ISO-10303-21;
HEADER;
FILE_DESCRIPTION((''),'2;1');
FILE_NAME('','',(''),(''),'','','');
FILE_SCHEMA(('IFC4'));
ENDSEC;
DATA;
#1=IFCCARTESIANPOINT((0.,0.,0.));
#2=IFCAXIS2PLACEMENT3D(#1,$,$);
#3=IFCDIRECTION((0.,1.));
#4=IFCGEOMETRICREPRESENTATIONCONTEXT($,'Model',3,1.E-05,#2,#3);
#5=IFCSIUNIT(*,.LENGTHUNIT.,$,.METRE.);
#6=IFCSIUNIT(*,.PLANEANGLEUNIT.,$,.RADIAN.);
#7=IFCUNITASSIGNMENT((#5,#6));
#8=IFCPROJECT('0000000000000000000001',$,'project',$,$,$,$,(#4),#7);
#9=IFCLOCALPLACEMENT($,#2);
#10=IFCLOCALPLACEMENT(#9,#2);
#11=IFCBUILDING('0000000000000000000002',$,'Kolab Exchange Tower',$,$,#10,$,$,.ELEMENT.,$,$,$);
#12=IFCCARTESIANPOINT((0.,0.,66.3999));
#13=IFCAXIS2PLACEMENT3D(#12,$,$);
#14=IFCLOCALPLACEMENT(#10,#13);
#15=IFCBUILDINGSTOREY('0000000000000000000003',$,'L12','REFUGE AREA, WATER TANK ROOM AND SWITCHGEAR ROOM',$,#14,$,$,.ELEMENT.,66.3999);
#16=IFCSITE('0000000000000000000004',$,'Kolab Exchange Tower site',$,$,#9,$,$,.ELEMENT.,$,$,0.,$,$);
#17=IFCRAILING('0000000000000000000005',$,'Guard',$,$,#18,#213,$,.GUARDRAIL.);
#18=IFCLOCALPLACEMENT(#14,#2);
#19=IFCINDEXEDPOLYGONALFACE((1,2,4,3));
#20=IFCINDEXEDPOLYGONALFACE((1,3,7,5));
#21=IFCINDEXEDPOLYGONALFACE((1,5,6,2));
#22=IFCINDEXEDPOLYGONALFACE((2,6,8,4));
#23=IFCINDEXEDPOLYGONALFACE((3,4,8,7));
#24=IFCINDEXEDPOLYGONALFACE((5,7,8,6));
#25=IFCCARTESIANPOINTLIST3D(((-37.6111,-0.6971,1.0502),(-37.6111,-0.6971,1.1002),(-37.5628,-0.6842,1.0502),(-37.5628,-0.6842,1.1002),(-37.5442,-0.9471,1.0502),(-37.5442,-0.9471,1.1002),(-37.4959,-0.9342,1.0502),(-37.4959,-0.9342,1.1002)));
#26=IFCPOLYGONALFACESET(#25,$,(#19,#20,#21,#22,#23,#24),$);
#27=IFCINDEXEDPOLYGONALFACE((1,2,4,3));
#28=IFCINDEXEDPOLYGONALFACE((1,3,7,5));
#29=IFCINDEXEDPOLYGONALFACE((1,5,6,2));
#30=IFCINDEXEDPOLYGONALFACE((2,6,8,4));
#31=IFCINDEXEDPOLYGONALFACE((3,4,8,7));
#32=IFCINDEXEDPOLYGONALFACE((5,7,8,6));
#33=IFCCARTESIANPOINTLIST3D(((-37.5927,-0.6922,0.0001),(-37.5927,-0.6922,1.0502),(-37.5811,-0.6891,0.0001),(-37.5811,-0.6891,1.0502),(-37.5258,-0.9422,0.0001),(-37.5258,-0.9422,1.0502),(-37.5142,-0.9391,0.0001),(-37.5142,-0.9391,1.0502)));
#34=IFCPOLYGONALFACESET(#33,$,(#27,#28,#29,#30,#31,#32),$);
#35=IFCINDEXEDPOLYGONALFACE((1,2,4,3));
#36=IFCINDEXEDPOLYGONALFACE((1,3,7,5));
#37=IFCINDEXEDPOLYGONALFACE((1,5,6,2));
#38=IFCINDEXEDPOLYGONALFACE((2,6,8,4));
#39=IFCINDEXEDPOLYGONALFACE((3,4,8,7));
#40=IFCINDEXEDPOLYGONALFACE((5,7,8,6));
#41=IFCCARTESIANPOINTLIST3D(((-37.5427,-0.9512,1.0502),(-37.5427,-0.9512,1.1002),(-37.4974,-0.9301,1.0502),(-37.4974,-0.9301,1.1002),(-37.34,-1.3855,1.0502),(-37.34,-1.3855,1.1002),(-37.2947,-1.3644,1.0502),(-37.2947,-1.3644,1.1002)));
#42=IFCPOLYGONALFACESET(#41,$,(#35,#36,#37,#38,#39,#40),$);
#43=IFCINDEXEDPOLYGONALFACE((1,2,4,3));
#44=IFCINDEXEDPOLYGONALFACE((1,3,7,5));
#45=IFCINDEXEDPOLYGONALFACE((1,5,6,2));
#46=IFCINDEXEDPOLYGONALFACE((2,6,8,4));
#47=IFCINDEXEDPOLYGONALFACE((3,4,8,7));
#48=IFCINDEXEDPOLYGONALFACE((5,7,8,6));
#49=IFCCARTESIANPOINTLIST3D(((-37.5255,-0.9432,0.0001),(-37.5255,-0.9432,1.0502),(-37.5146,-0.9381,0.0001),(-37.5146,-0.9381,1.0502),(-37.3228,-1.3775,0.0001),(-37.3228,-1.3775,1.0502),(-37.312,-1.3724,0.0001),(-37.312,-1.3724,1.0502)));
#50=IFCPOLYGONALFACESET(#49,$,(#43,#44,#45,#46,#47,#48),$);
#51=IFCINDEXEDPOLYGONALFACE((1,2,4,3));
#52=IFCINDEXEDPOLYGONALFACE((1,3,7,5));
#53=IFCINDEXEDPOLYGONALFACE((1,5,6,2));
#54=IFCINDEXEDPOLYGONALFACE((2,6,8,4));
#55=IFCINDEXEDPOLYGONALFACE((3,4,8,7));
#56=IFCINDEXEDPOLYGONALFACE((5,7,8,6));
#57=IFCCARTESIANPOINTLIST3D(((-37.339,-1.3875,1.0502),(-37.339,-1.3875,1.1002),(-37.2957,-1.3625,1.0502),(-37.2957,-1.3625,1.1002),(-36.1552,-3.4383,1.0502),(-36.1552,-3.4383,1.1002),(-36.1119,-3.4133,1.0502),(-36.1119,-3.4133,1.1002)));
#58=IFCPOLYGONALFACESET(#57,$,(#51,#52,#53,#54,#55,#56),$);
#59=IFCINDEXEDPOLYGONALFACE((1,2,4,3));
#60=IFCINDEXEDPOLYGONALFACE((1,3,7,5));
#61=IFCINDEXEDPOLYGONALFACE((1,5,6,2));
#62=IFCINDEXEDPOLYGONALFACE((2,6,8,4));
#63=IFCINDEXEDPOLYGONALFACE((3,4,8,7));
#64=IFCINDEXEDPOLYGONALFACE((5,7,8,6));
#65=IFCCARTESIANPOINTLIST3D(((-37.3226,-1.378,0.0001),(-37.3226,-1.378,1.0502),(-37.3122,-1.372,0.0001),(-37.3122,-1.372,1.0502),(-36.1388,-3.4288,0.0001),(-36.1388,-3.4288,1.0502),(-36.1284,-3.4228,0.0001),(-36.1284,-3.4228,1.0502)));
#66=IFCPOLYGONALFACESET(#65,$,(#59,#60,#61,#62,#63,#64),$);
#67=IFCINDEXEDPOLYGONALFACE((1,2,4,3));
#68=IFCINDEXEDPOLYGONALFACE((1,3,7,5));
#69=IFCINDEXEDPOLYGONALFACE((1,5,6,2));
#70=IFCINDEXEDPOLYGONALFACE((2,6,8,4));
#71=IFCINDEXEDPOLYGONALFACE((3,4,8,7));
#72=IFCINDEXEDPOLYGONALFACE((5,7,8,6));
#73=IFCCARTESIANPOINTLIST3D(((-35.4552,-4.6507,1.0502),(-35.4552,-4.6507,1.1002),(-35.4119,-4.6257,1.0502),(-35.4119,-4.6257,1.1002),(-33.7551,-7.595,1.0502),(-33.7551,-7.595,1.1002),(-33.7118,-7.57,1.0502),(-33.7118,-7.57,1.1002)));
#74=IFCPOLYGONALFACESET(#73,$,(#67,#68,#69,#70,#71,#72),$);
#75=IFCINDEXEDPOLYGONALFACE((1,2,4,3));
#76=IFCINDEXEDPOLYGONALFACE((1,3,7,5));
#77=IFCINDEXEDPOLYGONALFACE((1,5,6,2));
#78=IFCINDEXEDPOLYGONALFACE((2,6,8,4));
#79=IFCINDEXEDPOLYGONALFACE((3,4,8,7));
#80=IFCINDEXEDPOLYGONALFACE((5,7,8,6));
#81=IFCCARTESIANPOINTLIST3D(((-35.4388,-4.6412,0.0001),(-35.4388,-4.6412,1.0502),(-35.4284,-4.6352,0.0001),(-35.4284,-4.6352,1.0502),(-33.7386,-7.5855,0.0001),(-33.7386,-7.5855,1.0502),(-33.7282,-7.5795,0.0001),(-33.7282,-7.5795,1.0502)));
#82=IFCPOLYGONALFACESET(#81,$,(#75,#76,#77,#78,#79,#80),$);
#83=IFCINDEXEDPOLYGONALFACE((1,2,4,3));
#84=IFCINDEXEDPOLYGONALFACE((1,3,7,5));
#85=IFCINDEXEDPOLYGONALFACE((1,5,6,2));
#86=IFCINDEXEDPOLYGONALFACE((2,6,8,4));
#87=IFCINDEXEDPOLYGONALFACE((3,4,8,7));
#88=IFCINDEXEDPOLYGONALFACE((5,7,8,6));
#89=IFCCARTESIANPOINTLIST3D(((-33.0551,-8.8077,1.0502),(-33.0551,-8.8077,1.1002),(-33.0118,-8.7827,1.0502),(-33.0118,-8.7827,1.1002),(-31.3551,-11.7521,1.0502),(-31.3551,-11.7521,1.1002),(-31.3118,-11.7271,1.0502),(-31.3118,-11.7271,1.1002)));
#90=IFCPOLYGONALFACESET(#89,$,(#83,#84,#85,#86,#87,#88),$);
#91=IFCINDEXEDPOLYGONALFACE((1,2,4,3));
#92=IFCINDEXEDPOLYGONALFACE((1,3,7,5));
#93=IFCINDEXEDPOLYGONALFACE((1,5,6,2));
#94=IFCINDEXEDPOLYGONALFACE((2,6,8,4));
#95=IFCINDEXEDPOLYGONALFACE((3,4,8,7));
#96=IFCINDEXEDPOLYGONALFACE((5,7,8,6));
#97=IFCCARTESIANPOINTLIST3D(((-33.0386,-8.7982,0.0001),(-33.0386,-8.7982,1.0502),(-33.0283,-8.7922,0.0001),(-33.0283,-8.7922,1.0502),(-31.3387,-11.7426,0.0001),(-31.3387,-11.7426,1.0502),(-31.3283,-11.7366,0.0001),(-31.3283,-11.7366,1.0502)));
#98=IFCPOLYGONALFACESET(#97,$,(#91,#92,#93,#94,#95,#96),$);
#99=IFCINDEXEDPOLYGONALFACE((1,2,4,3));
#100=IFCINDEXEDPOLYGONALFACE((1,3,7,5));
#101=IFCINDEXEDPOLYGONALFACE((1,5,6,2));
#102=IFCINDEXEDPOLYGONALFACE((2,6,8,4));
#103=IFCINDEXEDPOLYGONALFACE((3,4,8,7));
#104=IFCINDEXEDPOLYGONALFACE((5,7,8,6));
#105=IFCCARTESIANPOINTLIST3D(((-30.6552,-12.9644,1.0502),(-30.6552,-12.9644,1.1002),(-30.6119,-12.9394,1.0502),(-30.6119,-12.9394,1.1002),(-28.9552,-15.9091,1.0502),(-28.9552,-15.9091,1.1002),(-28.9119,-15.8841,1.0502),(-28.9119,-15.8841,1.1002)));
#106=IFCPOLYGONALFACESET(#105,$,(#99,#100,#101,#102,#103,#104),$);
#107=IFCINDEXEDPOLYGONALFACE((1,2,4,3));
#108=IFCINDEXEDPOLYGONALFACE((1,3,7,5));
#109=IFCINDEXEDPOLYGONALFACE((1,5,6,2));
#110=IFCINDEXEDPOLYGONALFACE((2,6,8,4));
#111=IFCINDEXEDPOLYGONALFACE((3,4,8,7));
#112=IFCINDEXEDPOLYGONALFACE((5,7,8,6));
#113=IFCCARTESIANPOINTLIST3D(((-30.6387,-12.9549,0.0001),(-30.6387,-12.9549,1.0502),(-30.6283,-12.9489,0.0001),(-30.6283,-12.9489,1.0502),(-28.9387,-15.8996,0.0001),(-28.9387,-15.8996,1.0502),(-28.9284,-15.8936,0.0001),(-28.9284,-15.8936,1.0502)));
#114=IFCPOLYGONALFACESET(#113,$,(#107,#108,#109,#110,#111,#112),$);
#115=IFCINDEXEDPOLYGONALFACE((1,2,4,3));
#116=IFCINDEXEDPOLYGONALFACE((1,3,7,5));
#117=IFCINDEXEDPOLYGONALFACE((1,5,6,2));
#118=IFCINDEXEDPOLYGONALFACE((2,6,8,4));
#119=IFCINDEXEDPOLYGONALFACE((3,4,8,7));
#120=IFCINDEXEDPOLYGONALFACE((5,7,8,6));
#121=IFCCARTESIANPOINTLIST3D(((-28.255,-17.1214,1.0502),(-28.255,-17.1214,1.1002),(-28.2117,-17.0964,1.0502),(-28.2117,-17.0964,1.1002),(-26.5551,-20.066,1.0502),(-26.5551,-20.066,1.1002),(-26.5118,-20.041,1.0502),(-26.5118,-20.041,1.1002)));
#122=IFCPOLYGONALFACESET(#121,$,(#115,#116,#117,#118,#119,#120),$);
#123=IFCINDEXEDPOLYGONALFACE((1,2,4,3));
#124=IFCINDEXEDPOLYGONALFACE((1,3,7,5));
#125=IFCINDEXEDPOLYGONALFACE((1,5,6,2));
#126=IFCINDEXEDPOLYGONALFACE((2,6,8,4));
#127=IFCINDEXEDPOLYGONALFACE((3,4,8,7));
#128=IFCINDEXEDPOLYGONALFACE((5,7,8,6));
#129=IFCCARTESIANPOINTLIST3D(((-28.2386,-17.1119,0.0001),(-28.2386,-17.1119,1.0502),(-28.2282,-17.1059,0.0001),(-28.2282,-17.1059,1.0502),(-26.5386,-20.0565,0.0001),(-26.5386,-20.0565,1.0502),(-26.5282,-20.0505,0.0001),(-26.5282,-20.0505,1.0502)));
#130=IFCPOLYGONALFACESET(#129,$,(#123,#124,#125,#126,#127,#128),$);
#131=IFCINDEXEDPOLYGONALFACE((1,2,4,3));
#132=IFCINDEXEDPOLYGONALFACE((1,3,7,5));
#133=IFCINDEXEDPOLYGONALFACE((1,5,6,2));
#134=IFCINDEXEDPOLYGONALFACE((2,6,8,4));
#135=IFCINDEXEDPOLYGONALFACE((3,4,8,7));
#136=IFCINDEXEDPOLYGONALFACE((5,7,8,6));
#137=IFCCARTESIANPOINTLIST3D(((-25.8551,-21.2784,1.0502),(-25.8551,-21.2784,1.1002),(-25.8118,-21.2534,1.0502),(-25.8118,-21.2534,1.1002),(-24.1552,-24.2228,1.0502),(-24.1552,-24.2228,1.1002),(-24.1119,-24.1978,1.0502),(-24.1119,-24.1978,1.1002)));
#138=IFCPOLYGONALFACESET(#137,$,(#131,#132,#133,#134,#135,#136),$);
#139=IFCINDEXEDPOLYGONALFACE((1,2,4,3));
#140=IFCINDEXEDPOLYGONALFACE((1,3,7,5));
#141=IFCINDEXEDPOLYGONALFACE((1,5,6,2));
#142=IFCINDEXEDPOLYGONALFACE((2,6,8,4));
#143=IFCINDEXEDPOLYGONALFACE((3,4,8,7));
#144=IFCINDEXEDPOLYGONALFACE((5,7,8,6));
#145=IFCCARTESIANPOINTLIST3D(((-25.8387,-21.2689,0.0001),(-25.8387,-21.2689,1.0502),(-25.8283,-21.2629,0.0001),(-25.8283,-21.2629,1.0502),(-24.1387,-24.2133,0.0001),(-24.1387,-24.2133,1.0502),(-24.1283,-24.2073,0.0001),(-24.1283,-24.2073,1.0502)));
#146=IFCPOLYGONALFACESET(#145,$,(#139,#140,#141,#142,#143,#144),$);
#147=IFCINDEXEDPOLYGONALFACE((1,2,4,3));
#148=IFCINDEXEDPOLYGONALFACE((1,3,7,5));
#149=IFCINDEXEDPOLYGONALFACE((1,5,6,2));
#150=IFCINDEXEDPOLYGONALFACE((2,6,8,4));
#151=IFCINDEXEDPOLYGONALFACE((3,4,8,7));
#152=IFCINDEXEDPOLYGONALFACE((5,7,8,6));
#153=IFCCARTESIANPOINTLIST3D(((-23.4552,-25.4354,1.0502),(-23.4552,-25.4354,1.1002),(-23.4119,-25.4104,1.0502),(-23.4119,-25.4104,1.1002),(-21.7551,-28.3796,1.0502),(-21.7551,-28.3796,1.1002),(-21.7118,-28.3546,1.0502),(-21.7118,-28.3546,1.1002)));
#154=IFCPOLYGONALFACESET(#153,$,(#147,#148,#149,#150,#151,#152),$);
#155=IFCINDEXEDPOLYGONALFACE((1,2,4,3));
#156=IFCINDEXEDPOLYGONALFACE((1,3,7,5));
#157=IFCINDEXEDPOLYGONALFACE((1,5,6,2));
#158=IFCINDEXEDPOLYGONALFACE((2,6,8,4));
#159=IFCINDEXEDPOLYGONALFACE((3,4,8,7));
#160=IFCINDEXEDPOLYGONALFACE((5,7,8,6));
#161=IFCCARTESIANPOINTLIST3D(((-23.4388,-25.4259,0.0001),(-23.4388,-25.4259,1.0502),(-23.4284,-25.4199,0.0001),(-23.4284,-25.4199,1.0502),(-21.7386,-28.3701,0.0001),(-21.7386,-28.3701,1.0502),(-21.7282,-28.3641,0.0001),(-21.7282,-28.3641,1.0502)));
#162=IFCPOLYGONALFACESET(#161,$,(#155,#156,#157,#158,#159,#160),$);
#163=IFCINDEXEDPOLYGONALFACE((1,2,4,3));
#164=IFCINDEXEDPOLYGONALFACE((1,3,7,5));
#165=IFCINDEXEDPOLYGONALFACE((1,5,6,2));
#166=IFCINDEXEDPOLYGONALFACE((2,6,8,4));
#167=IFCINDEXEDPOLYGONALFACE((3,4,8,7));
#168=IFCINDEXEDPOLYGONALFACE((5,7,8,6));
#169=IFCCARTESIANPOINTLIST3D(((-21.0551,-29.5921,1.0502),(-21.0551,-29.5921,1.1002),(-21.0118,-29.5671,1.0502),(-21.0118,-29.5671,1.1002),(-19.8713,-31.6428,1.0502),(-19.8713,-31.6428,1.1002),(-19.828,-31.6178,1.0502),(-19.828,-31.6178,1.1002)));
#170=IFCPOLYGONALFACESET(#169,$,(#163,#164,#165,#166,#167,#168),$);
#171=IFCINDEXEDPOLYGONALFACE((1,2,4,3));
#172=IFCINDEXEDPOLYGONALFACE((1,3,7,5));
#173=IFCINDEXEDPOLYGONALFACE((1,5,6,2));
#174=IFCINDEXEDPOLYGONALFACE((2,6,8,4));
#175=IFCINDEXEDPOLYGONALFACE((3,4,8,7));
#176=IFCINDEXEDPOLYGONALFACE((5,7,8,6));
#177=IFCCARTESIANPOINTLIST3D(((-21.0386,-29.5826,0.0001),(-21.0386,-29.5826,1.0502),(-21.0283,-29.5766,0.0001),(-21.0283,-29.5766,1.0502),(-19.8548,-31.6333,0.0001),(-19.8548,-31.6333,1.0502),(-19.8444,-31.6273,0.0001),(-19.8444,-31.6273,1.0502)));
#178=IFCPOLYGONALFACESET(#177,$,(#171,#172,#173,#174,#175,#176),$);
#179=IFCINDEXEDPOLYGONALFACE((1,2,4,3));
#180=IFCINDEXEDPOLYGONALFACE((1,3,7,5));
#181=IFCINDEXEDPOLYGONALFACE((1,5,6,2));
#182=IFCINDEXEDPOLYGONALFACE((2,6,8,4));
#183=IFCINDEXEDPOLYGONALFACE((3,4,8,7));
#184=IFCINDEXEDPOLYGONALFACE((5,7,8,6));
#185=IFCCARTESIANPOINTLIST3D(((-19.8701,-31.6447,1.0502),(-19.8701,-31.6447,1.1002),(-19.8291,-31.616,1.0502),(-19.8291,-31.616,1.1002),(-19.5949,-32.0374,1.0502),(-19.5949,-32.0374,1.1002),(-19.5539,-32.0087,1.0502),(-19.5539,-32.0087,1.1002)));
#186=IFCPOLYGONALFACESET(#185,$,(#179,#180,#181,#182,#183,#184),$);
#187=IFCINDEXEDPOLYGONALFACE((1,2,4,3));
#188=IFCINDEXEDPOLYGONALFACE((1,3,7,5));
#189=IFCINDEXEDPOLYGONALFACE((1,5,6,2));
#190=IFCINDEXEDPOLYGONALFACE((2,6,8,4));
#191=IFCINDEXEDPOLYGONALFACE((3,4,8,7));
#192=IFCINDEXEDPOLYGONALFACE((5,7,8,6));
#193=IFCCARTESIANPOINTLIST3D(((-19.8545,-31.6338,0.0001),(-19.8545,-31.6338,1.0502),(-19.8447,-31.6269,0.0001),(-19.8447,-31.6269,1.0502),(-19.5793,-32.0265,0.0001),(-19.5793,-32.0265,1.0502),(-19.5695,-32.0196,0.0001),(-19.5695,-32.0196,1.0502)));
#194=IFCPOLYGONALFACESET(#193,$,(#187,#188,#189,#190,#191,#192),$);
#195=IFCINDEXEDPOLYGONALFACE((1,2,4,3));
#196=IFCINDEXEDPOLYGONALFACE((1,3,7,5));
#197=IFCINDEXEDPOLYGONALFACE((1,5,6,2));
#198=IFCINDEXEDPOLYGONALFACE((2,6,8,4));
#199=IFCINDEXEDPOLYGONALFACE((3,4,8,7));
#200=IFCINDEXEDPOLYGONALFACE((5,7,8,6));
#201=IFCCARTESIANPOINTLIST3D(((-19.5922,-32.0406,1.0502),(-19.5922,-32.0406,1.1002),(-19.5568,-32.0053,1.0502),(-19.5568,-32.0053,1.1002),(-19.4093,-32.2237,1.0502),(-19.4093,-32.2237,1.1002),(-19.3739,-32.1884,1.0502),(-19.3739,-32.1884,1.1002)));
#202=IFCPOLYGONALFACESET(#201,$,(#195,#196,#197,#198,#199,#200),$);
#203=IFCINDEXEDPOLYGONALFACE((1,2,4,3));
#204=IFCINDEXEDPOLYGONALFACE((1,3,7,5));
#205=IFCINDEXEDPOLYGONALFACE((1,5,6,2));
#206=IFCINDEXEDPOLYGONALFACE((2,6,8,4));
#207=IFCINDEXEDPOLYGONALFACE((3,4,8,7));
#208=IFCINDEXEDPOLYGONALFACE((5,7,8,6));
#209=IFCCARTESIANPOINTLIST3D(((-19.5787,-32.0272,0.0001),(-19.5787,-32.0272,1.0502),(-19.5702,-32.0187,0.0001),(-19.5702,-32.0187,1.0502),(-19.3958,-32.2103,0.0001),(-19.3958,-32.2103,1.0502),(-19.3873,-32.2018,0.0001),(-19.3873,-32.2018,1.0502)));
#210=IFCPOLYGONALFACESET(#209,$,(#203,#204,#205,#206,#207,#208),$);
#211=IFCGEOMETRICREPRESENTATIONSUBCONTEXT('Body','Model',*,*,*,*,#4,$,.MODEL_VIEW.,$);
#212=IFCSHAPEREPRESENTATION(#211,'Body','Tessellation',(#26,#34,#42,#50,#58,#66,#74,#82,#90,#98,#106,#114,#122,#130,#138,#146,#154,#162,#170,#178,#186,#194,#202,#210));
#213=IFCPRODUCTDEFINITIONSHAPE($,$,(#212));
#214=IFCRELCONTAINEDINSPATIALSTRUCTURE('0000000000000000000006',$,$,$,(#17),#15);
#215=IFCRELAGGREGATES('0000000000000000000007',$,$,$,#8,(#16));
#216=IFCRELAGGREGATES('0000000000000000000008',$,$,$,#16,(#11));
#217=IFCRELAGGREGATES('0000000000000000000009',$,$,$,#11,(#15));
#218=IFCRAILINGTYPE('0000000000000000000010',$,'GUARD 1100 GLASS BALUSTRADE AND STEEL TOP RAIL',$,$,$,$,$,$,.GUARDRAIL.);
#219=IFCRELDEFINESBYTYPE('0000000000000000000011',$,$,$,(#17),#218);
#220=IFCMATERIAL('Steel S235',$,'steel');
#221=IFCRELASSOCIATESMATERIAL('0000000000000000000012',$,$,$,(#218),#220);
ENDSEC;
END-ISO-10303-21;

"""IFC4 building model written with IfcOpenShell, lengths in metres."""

from ifc_helpers import new_model, si_unit, direction, frame, frame_2d, origin, origin_2d, place, context, subcontext, project, spatial, rectangle, extrude, material, type_object, element, save


model = new_model("IFC4")

# Units and contexts
model_context = context("Model", 3, precision=1e-05, world=origin(), true_north=direction((0.0, 1.0)))
body_context = subcontext(model_context, "Body", "Model", "MODEL_VIEW")
ifc_project = project(units=[si_unit("LENGTHUNIT", "METRE"), si_unit("PLANEANGLEUNIT", "RADIAN")], contexts=[model_context])

# Site, building, storey
site_placement = place(None, origin())
site = spatial("IfcSite", under=ifc_project, at=site_placement, Name="Kolab Exchange Tower site", CompositionType="ELEMENT", RefElevation=0.0)
building_placement = place(site_placement, origin())
building = spatial("IfcBuilding", under=site, at=building_placement, Name="Kolab Exchange Tower", CompositionType="ELEMENT")
storey_placement = place(building_placement, frame((0.0, 0.0, 66.3999)))
storey = spatial("IfcBuildingStorey", under=building, at=storey_placement, Name="L12", Description="REFUGE AREA, WATER TANK ROOM AND SWITCHGEAR ROOM", CompositionType="ELEMENT", Elevation=66.3999)

# Railing
ifc_material_1 = material(Name="Steel S235", Category="steel")
railing_type = type_object("IfcRailingType", Name="GUARD 1100 GLASS BALUSTRADE AND STEEL TOP RAIL", PredefinedType="GUARDRAIL", material=ifc_material_1)
railing_placement = place(storey_placement, frame((-37.5869, -0.6907, 0.0)))
element("IfcRailing", 1, at=railing_placement, inside=storey, type_object=railing_type, Name="Guard", PredefinedType="GUARDRAIL", context=body_context, shape_type="SweptSolid", body=[
    extrude(rectangle(XDim=0.05, YDim=0.05, at=origin_2d()), frame((0.0, 0.0, 1.0752), z_axis=(0.258485, -0.966015, 0.0), x_axis=(0.966015, 0.258485, 0.0)), (0.0, 0.0, 1.0), 0.2588),
    extrude(rectangle(XDim=0.012, YDim=1.0501, at=frame_2d((0.0, 0.5251))), frame((0.0, 0.0, 0.0), z_axis=(0.258485, -0.966015, 0.0), x_axis=(0.966015, 0.258485, 0.0)), (0.0, 0.0, 1.0), 0.2588),
    extrude(rectangle(XDim=0.05, YDim=0.05, at=origin_2d()), frame((0.0669, -0.25, 1.0752), z_axis=(0.422802, -0.906222, 0.0), x_axis=(0.906222, 0.422802, 0.0)), (0.0, 0.0, 1.0), 0.4792),
    extrude(rectangle(XDim=0.012, YDim=1.0501, at=frame_2d((0.0, 0.5251))), frame((0.0669, -0.25, 0.0), z_axis=(0.422802, -0.906222, 0.0), x_axis=(0.906222, 0.422802, 0.0)), (0.0, 0.0, 1.0), 0.4792),
    extrude(rectangle(XDim=0.05, YDim=0.05, at=origin_2d()), frame((0.2695, -0.6843, 1.0752), z_axis=(0.499943, -0.866059, 0.0), x_axis=(0.866059, 0.499943, 0.0)), (0.0, 0.0, 1.0), 2.3679),
    extrude(rectangle(XDim=0.012, YDim=1.0501, at=frame_2d((0.0, 0.5251))), frame((0.2695, -0.6843, 0.0), z_axis=(0.499943, -0.866059, 0.0), x_axis=(0.866059, 0.499943, 0.0)), (0.0, 0.0, 1.0), 2.3679),
    extrude(rectangle(XDim=0.05, YDim=0.05, at=origin_2d()), frame((2.1533, -3.9475, 1.0752), z_axis=(0.500062, -0.865989, 0.0), x_axis=(0.865989, 0.500062, 0.0)), (0.0, 0.0, 1.0), 3.3999),
    extrude(rectangle(XDim=0.012, YDim=1.0501, at=frame_2d((0.0, 0.5251))), frame((2.1533, -3.9475, 0.0), z_axis=(0.500062, -0.865989, 0.0), x_axis=(0.865989, 0.500062, 0.0)), (0.0, 0.0, 1.0), 3.3999),
    extrude(rectangle(XDim=0.05, YDim=0.05, at=origin_2d()), frame((4.5535, -8.1045, 1.0752), z_axis=(0.500008, -0.866021, 0.0), x_axis=(0.866021, 0.500008, 0.0)), (0.0, 0.0, 1.0), 3.3999),
    extrude(rectangle(XDim=0.012, YDim=1.0501, at=frame_2d((0.0, 0.5251))), frame((4.5535, -8.1045, 0.0), z_axis=(0.500008, -0.866021, 0.0), x_axis=(0.866021, 0.500008, 0.0)), (0.0, 0.0, 1.0), 3.3999),
    extrude(rectangle(XDim=0.05, YDim=0.05, at=origin_2d()), frame((6.9534, -12.2612, 1.0752), z_axis=(0.499977, -0.866039, 0.0), x_axis=(0.866039, 0.499977, 0.0)), (0.0, 0.0, 1.0), 3.4001),
    extrude(rectangle(XDim=0.012, YDim=1.0501, at=frame_2d((0.0, 0.5251))), frame((6.9534, -12.2612, 0.0), z_axis=(0.499977, -0.866039, 0.0), x_axis=(0.866039, 0.499977, 0.0)), (0.0, 0.0, 1.0), 3.4001),
    extrude(rectangle(XDim=0.05, YDim=0.05, at=origin_2d()), frame((9.3535, -16.4182, 1.0752), z_axis=(0.499977, -0.866039, 0.0), x_axis=(0.866039, 0.499977, 0.0)), (0.0, 0.0, 1.0), 3.4001),
    extrude(rectangle(XDim=0.012, YDim=1.0501, at=frame_2d((0.0, 0.5251))), frame((9.3535, -16.4182, 0.0), z_axis=(0.499977, -0.866039, 0.0), x_axis=(0.866039, 0.499977, 0.0)), (0.0, 0.0, 1.0), 3.4001),
    extrude(rectangle(XDim=0.05, YDim=0.05, at=origin_2d()), frame((11.7534, -20.5752, 1.0752), z_axis=(0.500008, -0.866021, 0.0), x_axis=(0.866021, 0.500008, 0.0)), (0.0, 0.0, 1.0), 3.3999),
    extrude(rectangle(XDim=0.012, YDim=1.0501, at=frame_2d((0.0, 0.5251))), frame((11.7534, -20.5752, 0.0), z_axis=(0.500008, -0.866021, 0.0), x_axis=(0.866021, 0.500008, 0.0)), (0.0, 0.0, 1.0), 3.3999),
    extrude(rectangle(XDim=0.05, YDim=0.05, at=origin_2d()), frame((14.1533, -24.7322, 1.0752), z_axis=(0.500062, -0.865989, 0.0), x_axis=(0.865989, 0.500062, 0.0)), (0.0, 0.0, 1.0), 3.3999),
    extrude(rectangle(XDim=0.012, YDim=1.0501, at=frame_2d((0.0, 0.5251))), frame((14.1533, -24.7322, 0.0), z_axis=(0.500062, -0.865989, 0.0), x_axis=(0.865989, 0.500062, 0.0)), (0.0, 0.0, 1.0), 3.3999),
    extrude(rectangle(XDim=0.05, YDim=0.05, at=origin_2d()), frame((16.5535, -28.8889, 1.0752), z_axis=(0.499943, -0.866059, 0.0), x_axis=(0.866059, 0.499943, 0.0)), (0.0, 0.0, 1.0), 2.3679),
    extrude(rectangle(XDim=0.012, YDim=1.0501, at=frame_2d((0.0, 0.5251))), frame((16.5535, -28.8889, 0.0), z_axis=(0.499943, -0.866059, 0.0), x_axis=(0.866059, 0.499943, 0.0)), (0.0, 0.0, 1.0), 2.3679),
    extrude(rectangle(XDim=0.05, YDim=0.05, at=origin_2d()), frame((17.7373, -30.9397, 1.0752), z_axis=(0.573941, -0.818897, 0.0), x_axis=(0.818897, 0.573941, 0.0)), (0.0, 0.0, 1.0), 0.4795),
    extrude(rectangle(XDim=0.012, YDim=1.0501, at=frame_2d((0.0, 0.5251))), frame((17.7373, -30.9397, 0.0), z_axis=(0.573941, -0.818897, 0.0), x_axis=(0.818897, 0.573941, 0.0)), (0.0, 0.0, 1.0), 0.4795),
    extrude(rectangle(XDim=0.05, YDim=0.05, at=origin_2d()), frame((18.0125, -31.3323, 1.0752), z_axis=(0.706635, -0.707578, 0.0), x_axis=(0.707578, 0.706635, 0.0)), (0.0, 0.0, 1.0), 0.2588),
    extrude(rectangle(XDim=0.012, YDim=1.0501, at=frame_2d((0.0, 0.5251))), frame((18.0125, -31.3323, 0.0), z_axis=(0.706635, -0.707578, 0.0), x_axis=(0.707578, 0.706635, 0.0)), (0.0, 0.0, 1.0), 0.2588),
])

save(model, "model.ifc")
